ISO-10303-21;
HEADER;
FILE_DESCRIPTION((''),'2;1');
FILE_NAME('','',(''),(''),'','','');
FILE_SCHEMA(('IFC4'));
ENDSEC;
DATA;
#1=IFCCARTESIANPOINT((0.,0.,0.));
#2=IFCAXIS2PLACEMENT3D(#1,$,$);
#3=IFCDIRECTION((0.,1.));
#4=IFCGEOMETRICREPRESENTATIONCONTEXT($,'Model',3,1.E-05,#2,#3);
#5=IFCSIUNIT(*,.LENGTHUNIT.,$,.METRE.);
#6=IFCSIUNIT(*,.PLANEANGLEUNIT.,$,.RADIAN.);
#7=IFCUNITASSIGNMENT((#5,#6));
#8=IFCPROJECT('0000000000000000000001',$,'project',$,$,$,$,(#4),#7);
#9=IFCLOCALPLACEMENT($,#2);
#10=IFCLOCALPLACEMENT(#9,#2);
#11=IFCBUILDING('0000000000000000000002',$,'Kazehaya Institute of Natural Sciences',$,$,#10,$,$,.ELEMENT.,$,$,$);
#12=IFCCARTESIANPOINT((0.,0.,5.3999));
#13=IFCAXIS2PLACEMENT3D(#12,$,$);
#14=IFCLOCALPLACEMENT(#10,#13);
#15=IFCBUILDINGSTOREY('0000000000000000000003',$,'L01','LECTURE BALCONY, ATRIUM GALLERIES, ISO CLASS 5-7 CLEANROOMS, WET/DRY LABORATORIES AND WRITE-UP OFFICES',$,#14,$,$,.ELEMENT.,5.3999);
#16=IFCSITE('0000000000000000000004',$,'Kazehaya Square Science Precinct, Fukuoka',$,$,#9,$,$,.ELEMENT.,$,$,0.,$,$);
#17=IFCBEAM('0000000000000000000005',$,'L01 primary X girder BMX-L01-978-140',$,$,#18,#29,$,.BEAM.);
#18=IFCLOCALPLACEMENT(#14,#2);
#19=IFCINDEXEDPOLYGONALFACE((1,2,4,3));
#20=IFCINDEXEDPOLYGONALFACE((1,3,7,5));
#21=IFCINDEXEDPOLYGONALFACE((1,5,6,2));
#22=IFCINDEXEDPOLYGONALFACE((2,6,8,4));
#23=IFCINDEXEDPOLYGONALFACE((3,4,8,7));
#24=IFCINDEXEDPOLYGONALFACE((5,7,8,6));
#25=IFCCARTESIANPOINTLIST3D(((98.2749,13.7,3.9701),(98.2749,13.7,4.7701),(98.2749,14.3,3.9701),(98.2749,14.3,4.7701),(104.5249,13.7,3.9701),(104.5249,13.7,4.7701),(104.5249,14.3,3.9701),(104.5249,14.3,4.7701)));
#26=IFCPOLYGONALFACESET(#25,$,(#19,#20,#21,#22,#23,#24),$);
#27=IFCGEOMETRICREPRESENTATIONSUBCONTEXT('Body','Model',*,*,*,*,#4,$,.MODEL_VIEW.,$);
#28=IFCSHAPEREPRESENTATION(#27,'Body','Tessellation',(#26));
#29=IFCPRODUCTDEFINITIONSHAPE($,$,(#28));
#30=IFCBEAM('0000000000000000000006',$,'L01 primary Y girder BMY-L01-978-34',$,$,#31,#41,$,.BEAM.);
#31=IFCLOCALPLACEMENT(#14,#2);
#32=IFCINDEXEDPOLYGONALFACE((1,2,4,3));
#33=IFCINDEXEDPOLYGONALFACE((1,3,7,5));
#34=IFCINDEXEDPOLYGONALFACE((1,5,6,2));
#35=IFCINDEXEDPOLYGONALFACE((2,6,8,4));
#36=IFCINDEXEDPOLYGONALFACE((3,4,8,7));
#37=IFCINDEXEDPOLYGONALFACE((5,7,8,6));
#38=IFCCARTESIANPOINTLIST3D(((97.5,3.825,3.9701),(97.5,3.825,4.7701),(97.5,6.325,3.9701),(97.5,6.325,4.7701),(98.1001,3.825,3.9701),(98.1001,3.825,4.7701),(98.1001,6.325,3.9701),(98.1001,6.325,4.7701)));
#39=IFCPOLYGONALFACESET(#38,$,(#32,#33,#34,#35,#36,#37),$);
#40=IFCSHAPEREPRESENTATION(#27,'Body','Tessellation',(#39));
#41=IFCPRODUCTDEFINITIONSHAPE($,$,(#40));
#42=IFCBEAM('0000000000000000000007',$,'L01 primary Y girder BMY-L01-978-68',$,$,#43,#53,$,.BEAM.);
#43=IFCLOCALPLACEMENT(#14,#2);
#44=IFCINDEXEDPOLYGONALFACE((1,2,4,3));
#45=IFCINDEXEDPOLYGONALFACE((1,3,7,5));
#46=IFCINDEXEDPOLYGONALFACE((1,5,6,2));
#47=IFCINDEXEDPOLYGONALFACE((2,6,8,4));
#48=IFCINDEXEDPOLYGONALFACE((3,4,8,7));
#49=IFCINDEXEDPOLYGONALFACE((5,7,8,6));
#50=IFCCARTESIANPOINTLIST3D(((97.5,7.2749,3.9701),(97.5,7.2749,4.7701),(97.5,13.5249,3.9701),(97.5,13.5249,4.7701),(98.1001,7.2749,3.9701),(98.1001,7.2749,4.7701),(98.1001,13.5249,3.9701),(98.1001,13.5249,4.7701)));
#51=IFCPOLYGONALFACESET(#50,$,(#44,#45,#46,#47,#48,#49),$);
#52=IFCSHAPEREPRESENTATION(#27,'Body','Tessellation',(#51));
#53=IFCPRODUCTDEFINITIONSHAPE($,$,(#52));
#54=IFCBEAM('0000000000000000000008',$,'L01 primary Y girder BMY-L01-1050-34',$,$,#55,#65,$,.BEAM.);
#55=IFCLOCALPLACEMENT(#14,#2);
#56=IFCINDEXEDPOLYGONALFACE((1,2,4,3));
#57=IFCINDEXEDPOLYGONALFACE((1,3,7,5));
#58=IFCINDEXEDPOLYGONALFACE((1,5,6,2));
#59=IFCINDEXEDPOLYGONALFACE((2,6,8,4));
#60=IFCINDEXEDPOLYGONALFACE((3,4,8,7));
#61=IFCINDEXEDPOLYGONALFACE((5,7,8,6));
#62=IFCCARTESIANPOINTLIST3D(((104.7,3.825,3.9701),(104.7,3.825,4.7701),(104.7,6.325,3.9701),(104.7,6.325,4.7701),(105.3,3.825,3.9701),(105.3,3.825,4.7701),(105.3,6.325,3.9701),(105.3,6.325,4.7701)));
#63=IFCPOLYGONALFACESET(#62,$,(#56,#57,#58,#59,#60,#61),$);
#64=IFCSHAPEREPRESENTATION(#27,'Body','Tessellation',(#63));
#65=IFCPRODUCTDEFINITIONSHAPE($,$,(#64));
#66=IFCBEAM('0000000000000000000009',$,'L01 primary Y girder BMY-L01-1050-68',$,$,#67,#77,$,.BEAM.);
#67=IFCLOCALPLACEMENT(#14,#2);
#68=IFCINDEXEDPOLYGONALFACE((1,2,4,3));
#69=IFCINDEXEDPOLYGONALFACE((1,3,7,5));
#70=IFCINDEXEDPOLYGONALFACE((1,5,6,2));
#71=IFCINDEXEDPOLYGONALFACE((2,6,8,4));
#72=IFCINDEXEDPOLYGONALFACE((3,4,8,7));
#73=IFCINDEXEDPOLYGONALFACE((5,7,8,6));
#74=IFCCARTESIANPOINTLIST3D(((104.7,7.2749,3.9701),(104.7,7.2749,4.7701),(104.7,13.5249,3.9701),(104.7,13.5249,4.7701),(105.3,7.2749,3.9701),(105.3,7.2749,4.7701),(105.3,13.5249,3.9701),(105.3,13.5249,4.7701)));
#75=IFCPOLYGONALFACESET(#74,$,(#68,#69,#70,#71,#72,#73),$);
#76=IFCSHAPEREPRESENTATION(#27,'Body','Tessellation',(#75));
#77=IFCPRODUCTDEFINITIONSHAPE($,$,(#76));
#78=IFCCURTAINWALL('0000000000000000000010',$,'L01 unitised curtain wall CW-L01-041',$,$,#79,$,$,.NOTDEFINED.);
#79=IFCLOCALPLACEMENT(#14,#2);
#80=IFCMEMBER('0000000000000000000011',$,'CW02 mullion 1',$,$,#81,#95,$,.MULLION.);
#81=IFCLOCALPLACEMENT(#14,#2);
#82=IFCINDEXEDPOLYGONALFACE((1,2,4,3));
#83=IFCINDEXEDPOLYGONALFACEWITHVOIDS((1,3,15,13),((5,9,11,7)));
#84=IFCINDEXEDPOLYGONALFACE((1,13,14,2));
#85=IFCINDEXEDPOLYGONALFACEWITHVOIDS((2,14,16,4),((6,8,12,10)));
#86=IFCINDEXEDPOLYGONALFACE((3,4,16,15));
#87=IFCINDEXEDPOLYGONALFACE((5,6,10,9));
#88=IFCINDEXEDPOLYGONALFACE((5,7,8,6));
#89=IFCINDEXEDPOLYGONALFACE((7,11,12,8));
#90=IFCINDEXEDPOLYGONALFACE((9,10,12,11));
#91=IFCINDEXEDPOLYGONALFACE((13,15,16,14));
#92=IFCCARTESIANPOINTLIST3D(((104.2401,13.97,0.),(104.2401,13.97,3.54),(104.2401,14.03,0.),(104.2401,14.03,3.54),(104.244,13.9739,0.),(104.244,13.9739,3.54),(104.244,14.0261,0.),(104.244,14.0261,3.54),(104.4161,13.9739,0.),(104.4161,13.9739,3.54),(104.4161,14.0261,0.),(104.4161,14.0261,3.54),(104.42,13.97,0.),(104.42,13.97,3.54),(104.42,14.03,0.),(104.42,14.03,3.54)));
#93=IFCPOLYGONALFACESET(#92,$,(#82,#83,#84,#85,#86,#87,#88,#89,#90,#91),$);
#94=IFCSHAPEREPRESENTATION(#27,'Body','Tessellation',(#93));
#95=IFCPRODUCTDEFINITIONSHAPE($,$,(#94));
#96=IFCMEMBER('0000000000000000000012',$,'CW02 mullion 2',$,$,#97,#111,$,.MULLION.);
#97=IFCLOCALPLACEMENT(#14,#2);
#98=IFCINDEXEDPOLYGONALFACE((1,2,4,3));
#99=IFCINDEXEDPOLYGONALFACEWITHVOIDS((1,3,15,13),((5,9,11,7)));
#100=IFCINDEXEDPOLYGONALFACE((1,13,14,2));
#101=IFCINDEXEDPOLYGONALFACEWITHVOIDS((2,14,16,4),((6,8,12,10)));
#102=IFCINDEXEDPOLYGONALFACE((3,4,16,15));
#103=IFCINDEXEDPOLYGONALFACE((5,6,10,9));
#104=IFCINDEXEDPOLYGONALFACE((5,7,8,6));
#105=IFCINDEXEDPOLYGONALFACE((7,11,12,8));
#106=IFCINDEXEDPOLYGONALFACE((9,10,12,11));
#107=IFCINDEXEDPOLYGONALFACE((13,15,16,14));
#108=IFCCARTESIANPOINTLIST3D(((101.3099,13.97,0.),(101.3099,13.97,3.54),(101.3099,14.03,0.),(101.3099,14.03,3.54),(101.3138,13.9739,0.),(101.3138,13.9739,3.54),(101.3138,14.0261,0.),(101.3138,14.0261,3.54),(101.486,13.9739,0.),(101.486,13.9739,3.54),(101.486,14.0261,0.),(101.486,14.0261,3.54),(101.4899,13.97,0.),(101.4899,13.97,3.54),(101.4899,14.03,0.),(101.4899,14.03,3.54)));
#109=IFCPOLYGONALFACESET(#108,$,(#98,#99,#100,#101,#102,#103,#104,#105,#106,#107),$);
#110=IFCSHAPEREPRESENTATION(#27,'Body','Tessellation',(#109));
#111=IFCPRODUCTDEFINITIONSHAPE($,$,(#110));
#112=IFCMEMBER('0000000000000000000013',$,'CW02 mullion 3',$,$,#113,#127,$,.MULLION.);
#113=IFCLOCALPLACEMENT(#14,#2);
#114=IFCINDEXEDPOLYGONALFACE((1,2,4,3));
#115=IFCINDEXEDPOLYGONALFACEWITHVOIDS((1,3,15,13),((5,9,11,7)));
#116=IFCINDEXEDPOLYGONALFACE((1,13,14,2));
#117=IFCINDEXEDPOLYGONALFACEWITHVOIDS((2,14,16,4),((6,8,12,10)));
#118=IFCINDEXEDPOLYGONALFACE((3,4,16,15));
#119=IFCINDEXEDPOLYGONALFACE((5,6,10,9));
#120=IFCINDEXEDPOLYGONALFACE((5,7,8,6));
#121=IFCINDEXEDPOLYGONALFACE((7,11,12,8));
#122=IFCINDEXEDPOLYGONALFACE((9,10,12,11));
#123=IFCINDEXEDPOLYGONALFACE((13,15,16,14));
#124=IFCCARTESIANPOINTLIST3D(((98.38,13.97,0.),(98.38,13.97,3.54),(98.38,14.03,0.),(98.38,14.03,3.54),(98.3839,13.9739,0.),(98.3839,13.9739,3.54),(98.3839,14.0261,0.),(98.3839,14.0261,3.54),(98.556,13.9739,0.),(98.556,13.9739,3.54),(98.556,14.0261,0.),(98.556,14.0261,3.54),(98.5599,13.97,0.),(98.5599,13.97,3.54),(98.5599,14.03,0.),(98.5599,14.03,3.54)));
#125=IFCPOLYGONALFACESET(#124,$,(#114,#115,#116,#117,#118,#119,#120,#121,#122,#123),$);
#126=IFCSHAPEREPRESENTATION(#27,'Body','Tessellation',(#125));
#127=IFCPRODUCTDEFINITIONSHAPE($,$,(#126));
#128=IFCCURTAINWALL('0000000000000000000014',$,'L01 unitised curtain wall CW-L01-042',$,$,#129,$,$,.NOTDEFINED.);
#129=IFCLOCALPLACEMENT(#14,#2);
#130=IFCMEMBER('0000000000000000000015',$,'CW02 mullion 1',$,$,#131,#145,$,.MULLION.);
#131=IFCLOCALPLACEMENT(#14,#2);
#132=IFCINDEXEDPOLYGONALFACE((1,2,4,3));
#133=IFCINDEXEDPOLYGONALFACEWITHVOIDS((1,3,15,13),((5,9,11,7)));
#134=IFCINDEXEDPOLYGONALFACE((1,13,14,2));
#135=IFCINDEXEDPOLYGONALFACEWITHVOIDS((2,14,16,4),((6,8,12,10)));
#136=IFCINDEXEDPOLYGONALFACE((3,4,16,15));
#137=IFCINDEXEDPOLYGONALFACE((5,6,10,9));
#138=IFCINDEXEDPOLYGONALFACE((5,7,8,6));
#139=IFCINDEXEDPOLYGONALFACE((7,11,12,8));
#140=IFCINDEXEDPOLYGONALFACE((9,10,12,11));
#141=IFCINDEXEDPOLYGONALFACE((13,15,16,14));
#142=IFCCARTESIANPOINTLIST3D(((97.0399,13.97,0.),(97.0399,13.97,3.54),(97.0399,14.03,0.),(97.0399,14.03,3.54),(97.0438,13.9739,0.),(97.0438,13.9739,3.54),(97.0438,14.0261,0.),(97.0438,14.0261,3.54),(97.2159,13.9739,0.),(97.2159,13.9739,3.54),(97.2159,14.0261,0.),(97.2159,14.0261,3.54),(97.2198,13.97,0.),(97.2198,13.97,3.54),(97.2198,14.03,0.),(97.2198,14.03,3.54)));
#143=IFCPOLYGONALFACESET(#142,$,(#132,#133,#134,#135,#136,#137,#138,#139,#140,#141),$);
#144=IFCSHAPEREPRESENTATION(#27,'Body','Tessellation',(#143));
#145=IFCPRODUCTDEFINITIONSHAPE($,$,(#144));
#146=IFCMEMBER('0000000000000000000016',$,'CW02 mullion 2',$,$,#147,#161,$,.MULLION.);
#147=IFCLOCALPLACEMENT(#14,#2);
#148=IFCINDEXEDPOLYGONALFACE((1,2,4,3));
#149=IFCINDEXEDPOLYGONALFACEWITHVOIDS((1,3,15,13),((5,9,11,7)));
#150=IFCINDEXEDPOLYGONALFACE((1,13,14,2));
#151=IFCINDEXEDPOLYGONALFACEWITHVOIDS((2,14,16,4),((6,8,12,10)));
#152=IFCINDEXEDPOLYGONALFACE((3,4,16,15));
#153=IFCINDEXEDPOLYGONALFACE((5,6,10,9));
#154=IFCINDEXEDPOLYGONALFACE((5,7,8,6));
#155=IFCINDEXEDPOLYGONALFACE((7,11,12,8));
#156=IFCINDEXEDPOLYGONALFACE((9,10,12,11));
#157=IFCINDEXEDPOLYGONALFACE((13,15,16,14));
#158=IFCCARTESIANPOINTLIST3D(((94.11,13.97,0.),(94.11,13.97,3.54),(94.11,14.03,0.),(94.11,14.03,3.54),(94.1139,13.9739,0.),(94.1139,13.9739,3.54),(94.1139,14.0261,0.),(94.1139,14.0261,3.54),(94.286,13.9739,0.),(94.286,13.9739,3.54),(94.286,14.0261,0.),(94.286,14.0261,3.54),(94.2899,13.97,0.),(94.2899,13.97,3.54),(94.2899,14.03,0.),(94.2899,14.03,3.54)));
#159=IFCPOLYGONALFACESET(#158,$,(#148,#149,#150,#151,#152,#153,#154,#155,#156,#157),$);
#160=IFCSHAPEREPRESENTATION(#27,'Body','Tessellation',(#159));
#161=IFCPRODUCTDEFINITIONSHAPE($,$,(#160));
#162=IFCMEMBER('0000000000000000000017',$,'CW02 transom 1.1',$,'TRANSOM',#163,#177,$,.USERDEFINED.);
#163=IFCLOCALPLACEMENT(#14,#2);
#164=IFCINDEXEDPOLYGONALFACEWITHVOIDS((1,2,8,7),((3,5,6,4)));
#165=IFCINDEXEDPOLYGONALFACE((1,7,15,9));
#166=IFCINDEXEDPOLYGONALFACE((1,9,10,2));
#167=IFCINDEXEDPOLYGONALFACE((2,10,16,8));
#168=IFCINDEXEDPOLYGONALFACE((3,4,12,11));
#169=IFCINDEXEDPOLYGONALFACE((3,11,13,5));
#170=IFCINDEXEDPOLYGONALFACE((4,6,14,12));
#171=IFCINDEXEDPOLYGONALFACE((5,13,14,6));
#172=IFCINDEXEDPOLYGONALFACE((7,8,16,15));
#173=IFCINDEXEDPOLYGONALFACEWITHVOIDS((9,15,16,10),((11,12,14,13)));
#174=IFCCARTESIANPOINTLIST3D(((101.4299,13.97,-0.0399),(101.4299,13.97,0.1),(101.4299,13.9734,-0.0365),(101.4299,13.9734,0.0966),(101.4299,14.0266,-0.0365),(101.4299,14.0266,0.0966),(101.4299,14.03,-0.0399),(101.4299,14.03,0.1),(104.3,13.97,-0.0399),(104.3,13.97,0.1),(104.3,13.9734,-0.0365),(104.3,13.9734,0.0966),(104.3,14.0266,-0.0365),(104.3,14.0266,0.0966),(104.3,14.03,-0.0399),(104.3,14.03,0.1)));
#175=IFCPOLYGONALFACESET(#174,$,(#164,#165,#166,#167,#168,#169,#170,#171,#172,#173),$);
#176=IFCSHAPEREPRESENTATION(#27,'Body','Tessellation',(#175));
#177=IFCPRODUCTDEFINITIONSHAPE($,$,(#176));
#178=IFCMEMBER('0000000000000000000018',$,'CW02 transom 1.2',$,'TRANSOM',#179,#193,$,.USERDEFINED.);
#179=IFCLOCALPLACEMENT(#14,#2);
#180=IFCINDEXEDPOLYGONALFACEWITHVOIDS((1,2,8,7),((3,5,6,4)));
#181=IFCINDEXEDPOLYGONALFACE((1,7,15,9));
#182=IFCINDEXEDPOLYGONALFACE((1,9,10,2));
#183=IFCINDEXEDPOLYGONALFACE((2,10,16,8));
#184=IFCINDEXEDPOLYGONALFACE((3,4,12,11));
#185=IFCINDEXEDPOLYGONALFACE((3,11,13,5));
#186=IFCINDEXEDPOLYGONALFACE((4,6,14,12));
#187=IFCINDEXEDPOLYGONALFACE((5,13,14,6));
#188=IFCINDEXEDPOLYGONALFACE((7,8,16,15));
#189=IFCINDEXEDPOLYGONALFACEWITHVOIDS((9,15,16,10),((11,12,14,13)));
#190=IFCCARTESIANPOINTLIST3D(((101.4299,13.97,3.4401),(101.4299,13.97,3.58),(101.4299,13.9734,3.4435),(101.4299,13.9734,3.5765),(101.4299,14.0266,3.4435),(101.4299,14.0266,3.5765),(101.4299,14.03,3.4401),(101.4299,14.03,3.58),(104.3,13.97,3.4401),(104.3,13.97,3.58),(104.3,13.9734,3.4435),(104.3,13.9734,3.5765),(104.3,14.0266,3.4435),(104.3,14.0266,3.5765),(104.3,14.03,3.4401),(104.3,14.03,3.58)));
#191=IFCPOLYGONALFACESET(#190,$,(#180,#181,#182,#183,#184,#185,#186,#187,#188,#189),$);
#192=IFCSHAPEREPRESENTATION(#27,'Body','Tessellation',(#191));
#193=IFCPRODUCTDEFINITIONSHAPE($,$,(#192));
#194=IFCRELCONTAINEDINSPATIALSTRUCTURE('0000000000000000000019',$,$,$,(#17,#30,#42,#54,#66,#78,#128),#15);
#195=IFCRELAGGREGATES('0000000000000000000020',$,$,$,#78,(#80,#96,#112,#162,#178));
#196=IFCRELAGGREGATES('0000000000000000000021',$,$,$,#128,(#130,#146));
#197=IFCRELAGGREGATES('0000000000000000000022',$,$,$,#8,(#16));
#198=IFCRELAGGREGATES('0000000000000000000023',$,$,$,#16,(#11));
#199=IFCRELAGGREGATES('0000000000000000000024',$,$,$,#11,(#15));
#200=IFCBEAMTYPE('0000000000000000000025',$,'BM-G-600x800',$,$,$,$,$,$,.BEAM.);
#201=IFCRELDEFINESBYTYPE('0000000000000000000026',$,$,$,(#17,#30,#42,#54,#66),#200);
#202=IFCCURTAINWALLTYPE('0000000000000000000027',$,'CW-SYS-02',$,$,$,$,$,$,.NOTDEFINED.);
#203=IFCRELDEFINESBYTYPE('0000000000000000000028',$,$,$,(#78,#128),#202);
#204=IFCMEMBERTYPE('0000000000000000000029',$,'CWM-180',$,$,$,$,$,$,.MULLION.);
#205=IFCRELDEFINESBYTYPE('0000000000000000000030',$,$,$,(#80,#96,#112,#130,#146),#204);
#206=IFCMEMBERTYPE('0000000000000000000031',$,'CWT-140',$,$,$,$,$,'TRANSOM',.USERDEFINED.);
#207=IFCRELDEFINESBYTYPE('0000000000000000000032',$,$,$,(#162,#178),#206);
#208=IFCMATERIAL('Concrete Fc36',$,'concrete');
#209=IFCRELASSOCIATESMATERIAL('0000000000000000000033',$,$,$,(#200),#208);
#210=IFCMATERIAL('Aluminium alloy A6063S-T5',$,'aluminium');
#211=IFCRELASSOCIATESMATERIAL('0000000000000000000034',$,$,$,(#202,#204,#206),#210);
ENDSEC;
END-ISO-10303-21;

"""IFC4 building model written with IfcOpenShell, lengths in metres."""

from ifc_helpers import new_model, si_unit, direction, frame, origin, origin_2d, place, context, subcontext, project, spatial, rectangle, hollow_rectangle, extrude, material, material_profile, profile_set, type_object, element, aggregate, save


model = new_model("IFC4")

# Units and contexts
model_context = context("Model", 3, precision=1e-05, world=origin(), true_north=direction((0.0, 1.0)))
body_context = subcontext(model_context, "Body", "Model", "MODEL_VIEW")
ifc_project = project(units=[si_unit("LENGTHUNIT", "METRE"), si_unit("PLANEANGLEUNIT", "RADIAN")], contexts=[model_context])

# Site, building, storey
site_placement = place(None, origin())
site = spatial("IfcSite", under=ifc_project, at=site_placement, Name="Kazehaya Square Science Precinct, Fukuoka", CompositionType="ELEMENT", RefElevation=0.0)
building_placement = place(site_placement, origin())
building = spatial("IfcBuilding", under=site, at=building_placement, Name="Kazehaya Institute of Natural Sciences", CompositionType="ELEMENT")
storey_placement = place(building_placement, frame((0.0, 0.0, 5.3999)))
storey = spatial("IfcBuildingStorey", under=building, at=storey_placement, Name="L01", Description="LECTURE BALCONY, ATRIUM GALLERIES, ISO CLASS 5-7 CLEANROOMS, WET/DRY LABORATORIES AND WRITE-UP OFFICES", CompositionType="ELEMENT", Elevation=5.3999)

# Shared definitions
ifc_material_1 = material(Name="Concrete Fc36", Category="concrete")

# Beams
ifc_material_profile_1 = material_profile(ifc_material_1, rectangle(XDim=0.6001, YDim=0.8, at=origin_2d()), Name="RC-600x800")
ifc_profile_set_1 = profile_set([ifc_material_profile_1], Name="Concrete Fc36")
beam_type = type_object("IfcBeamType", Name="BM-G-600x800", PredefinedType="BEAM", material=ifc_profile_set_1)
for number, where, z_axis, x_axis, name in (
    (1, (98.2749, 14.0, 4.3701), (1.0, 0.0, 0.0), (0.0, 1.0, 0.0), "L01 primary X girder BMX-L01-978-140"),
):
    element("IfcBeam", number, at=place(storey_placement, frame(where, z_axis=z_axis, x_axis=x_axis)), inside=storey, type_object=beam_type, Name=name, PredefinedType="BEAM", context=body_context, shape_type="SweptSolid", body=[
        extrude(rectangle(XDim=0.6001, YDim=0.8, at=origin_2d()), origin(), (0.0, 0.0, 1.0), 6.25),
    ])
beam_1_placement = place(storey_placement, frame((97.8, 3.825, 4.3701), z_axis=(0.0, 1.0, 0.0), x_axis=(-1.0, 0.0, 0.0)))
element("IfcBeam", 2, at=beam_1_placement, inside=storey, type_object=beam_type, Name="L01 primary Y girder BMY-L01-978-34", PredefinedType="BEAM", context=body_context, shape_type="SweptSolid", body=[
    extrude(rectangle(XDim=0.6001, YDim=0.8, at=origin_2d()), origin(), (0.0, 0.0, 1.0), 2.5),
])
beam_2_placement = place(storey_placement, frame((97.8, 7.2749, 4.3701), z_axis=(0.0, 1.0, 0.0), x_axis=(-1.0, 0.0, 0.0)))
element("IfcBeam", 3, at=beam_2_placement, inside=storey, type_object=beam_type, Name="L01 primary Y girder BMY-L01-978-68", PredefinedType="BEAM", context=body_context, shape_type="SweptSolid", body=[
    extrude(rectangle(XDim=0.6001, YDim=0.8, at=origin_2d()), origin(), (0.0, 0.0, 1.0), 6.25),
])
beam_3_placement = place(storey_placement, frame((105.0, 3.825, 4.3701), z_axis=(0.0, 1.0, 0.0), x_axis=(-1.0, 0.0, 0.0)))
element("IfcBeam", 4, at=beam_3_placement, inside=storey, type_object=beam_type, Name="L01 primary Y girder BMY-L01-1050-34", PredefinedType="BEAM", context=body_context, shape_type="SweptSolid", body=[
    extrude(rectangle(XDim=0.6001, YDim=0.8, at=origin_2d()), origin(), (0.0, 0.0, 1.0), 2.5),
])
beam_4_placement = place(storey_placement, frame((105.0, 7.2749, 4.3701), z_axis=(0.0, 1.0, 0.0), x_axis=(-1.0, 0.0, 0.0)))
element("IfcBeam", 5, at=beam_4_placement, inside=storey, type_object=beam_type, Name="L01 primary Y girder BMY-L01-1050-68", PredefinedType="BEAM", context=body_context, shape_type="SweptSolid", body=[
    extrude(rectangle(XDim=0.6001, YDim=0.8, at=origin_2d()), origin(), (0.0, 0.0, 1.0), 6.25),
])

# Curtain walls, members
ifc_material_2 = material(Name="Aluminium alloy A6063S-T5", Category="aluminium")
curtain_wall_type = type_object("IfcCurtainWallType", Name="CW-SYS-02", PredefinedType="NOTDEFINED", material=ifc_material_2)
curtain_wall_1_placement = place(storey_placement, origin())
curtain_wall_1 = element("IfcCurtainWall", 6, at=curtain_wall_1_placement, inside=storey, type_object=curtain_wall_type, Name="L01 unitised curtain wall CW-L01-041", PredefinedType="NOTDEFINED")
ifc_material_profile_2 = material_profile(ifc_material_2, hollow_rectangle(XDim=0.0601, YDim=0.1799, WallThickness=0.0039, at=origin_2d()), Name="ALU-60x180x4")
ifc_profile_set_2 = profile_set([ifc_material_profile_2], Name="Aluminium alloy A6063S-T5")
member_type_1 = type_object("IfcMemberType", Name="CWM-180", PredefinedType="MULLION", material=ifc_profile_set_2)
member_1_placement = place(storey_placement, frame((104.3301, 14.0, 0.0), z_axis=(0.0, 0.0, 1.0), x_axis=(0.0, -1.0, 0.0)))
member_1 = element("IfcMember", 7, at=member_1_placement, type_object=member_type_1, Name="CW02 mullion 1", PredefinedType="MULLION", context=body_context, shape_type="SweptSolid", body=[
    extrude(hollow_rectangle(XDim=0.0601, YDim=0.1799, WallThickness=0.0039, at=origin_2d()), origin(), (0.0, 0.0, 1.0), 3.54),
])
member_2_placement = place(storey_placement, frame((101.3999, 14.0, 0.0), z_axis=(0.0, 0.0, 1.0), x_axis=(0.0, -1.0, 0.0)))
member_2 = element("IfcMember", 8, at=member_2_placement, type_object=member_type_1, Name="CW02 mullion 2", PredefinedType="MULLION", context=body_context, shape_type="SweptSolid", body=[
    extrude(hollow_rectangle(XDim=0.0601, YDim=0.1799, WallThickness=0.0039, at=origin_2d()), origin(), (0.0, 0.0, 1.0), 3.54),
])
member_3_placement = place(storey_placement, frame((98.47, 14.0, 0.0), z_axis=(0.0, 0.0, 1.0), x_axis=(0.0, -1.0, 0.0)))
member_3 = element("IfcMember", 9, at=member_3_placement, type_object=member_type_1, Name="CW02 mullion 3", PredefinedType="MULLION", context=body_context, shape_type="SweptSolid", body=[
    extrude(hollow_rectangle(XDim=0.0601, YDim=0.1799, WallThickness=0.0039, at=origin_2d()), origin(), (0.0, 0.0, 1.0), 3.54),
])
curtain_wall_2_placement = place(storey_placement, origin())
curtain_wall_2 = element("IfcCurtainWall", 10, at=curtain_wall_2_placement, inside=storey, type_object=curtain_wall_type, Name="L01 unitised curtain wall CW-L01-042", PredefinedType="NOTDEFINED")
member_4_placement = place(storey_placement, frame((97.1299, 14.0, 0.0), z_axis=(0.0, 0.0, 1.0), x_axis=(0.0, -1.0, 0.0)))
member_4 = element("IfcMember", 11, at=member_4_placement, type_object=member_type_1, Name="CW02 mullion 1", PredefinedType="MULLION", context=body_context, shape_type="SweptSolid", body=[
    extrude(hollow_rectangle(XDim=0.0601, YDim=0.1799, WallThickness=0.0039, at=origin_2d()), origin(), (0.0, 0.0, 1.0), 3.54),
])
member_5_placement = place(storey_placement, frame((94.2, 14.0, 0.0), z_axis=(0.0, 0.0, 1.0), x_axis=(0.0, -1.0, 0.0)))
member_5 = element("IfcMember", 12, at=member_5_placement, type_object=member_type_1, Name="CW02 mullion 2", PredefinedType="MULLION", context=body_context, shape_type="SweptSolid", body=[
    extrude(hollow_rectangle(XDim=0.0601, YDim=0.1799, WallThickness=0.0039, at=origin_2d()), origin(), (0.0, 0.0, 1.0), 3.54),
])

# Members
ifc_material_profile_3 = material_profile(ifc_material_2, hollow_rectangle(XDim=0.0601, YDim=0.1399, WallThickness=0.0034, at=origin_2d()), Name="ALU-60x140x3.5")
ifc_profile_set_3 = profile_set([ifc_material_profile_3], Name="Aluminium alloy A6063S-T5")
member_type_2 = type_object("IfcMemberType", Name="CWT-140", ElementType="TRANSOM", PredefinedType="USERDEFINED", material=ifc_profile_set_3)
member_6_placement = place(storey_placement, frame((104.3, 14.0, 0.03), z_axis=(-1.0, 0.0, 0.0), x_axis=(0.0, -1.0, 0.0)))
member_6 = element("IfcMember", 13, at=member_6_placement, type_object=member_type_2, Name="CW02 transom 1.1", ObjectType="TRANSOM", PredefinedType="USERDEFINED", context=body_context, shape_type="SweptSolid", body=[
    extrude(hollow_rectangle(XDim=0.0601, YDim=0.1399, WallThickness=0.0034, at=origin_2d()), origin(), (0.0, 0.0, 1.0), 2.8701),
])
member_7_placement = place(storey_placement, frame((104.3, 14.0, 3.51), z_axis=(-1.0, 0.0, 0.0), x_axis=(0.0, -1.0, 0.0)))
member_7 = element("IfcMember", 14, at=member_7_placement, type_object=member_type_2, Name="CW02 transom 1.2", ObjectType="TRANSOM", PredefinedType="USERDEFINED", context=body_context, shape_type="SweptSolid", body=[
    extrude(hollow_rectangle(XDim=0.0601, YDim=0.1399, WallThickness=0.0034, at=origin_2d()), origin(), (0.0, 0.0, 1.0), 2.8701),
])

aggregate(curtain_wall_1, [member_1, member_2, member_3, member_6, member_7])
aggregate(curtain_wall_2, [member_4, member_5])

save(model, "model.ifc")
